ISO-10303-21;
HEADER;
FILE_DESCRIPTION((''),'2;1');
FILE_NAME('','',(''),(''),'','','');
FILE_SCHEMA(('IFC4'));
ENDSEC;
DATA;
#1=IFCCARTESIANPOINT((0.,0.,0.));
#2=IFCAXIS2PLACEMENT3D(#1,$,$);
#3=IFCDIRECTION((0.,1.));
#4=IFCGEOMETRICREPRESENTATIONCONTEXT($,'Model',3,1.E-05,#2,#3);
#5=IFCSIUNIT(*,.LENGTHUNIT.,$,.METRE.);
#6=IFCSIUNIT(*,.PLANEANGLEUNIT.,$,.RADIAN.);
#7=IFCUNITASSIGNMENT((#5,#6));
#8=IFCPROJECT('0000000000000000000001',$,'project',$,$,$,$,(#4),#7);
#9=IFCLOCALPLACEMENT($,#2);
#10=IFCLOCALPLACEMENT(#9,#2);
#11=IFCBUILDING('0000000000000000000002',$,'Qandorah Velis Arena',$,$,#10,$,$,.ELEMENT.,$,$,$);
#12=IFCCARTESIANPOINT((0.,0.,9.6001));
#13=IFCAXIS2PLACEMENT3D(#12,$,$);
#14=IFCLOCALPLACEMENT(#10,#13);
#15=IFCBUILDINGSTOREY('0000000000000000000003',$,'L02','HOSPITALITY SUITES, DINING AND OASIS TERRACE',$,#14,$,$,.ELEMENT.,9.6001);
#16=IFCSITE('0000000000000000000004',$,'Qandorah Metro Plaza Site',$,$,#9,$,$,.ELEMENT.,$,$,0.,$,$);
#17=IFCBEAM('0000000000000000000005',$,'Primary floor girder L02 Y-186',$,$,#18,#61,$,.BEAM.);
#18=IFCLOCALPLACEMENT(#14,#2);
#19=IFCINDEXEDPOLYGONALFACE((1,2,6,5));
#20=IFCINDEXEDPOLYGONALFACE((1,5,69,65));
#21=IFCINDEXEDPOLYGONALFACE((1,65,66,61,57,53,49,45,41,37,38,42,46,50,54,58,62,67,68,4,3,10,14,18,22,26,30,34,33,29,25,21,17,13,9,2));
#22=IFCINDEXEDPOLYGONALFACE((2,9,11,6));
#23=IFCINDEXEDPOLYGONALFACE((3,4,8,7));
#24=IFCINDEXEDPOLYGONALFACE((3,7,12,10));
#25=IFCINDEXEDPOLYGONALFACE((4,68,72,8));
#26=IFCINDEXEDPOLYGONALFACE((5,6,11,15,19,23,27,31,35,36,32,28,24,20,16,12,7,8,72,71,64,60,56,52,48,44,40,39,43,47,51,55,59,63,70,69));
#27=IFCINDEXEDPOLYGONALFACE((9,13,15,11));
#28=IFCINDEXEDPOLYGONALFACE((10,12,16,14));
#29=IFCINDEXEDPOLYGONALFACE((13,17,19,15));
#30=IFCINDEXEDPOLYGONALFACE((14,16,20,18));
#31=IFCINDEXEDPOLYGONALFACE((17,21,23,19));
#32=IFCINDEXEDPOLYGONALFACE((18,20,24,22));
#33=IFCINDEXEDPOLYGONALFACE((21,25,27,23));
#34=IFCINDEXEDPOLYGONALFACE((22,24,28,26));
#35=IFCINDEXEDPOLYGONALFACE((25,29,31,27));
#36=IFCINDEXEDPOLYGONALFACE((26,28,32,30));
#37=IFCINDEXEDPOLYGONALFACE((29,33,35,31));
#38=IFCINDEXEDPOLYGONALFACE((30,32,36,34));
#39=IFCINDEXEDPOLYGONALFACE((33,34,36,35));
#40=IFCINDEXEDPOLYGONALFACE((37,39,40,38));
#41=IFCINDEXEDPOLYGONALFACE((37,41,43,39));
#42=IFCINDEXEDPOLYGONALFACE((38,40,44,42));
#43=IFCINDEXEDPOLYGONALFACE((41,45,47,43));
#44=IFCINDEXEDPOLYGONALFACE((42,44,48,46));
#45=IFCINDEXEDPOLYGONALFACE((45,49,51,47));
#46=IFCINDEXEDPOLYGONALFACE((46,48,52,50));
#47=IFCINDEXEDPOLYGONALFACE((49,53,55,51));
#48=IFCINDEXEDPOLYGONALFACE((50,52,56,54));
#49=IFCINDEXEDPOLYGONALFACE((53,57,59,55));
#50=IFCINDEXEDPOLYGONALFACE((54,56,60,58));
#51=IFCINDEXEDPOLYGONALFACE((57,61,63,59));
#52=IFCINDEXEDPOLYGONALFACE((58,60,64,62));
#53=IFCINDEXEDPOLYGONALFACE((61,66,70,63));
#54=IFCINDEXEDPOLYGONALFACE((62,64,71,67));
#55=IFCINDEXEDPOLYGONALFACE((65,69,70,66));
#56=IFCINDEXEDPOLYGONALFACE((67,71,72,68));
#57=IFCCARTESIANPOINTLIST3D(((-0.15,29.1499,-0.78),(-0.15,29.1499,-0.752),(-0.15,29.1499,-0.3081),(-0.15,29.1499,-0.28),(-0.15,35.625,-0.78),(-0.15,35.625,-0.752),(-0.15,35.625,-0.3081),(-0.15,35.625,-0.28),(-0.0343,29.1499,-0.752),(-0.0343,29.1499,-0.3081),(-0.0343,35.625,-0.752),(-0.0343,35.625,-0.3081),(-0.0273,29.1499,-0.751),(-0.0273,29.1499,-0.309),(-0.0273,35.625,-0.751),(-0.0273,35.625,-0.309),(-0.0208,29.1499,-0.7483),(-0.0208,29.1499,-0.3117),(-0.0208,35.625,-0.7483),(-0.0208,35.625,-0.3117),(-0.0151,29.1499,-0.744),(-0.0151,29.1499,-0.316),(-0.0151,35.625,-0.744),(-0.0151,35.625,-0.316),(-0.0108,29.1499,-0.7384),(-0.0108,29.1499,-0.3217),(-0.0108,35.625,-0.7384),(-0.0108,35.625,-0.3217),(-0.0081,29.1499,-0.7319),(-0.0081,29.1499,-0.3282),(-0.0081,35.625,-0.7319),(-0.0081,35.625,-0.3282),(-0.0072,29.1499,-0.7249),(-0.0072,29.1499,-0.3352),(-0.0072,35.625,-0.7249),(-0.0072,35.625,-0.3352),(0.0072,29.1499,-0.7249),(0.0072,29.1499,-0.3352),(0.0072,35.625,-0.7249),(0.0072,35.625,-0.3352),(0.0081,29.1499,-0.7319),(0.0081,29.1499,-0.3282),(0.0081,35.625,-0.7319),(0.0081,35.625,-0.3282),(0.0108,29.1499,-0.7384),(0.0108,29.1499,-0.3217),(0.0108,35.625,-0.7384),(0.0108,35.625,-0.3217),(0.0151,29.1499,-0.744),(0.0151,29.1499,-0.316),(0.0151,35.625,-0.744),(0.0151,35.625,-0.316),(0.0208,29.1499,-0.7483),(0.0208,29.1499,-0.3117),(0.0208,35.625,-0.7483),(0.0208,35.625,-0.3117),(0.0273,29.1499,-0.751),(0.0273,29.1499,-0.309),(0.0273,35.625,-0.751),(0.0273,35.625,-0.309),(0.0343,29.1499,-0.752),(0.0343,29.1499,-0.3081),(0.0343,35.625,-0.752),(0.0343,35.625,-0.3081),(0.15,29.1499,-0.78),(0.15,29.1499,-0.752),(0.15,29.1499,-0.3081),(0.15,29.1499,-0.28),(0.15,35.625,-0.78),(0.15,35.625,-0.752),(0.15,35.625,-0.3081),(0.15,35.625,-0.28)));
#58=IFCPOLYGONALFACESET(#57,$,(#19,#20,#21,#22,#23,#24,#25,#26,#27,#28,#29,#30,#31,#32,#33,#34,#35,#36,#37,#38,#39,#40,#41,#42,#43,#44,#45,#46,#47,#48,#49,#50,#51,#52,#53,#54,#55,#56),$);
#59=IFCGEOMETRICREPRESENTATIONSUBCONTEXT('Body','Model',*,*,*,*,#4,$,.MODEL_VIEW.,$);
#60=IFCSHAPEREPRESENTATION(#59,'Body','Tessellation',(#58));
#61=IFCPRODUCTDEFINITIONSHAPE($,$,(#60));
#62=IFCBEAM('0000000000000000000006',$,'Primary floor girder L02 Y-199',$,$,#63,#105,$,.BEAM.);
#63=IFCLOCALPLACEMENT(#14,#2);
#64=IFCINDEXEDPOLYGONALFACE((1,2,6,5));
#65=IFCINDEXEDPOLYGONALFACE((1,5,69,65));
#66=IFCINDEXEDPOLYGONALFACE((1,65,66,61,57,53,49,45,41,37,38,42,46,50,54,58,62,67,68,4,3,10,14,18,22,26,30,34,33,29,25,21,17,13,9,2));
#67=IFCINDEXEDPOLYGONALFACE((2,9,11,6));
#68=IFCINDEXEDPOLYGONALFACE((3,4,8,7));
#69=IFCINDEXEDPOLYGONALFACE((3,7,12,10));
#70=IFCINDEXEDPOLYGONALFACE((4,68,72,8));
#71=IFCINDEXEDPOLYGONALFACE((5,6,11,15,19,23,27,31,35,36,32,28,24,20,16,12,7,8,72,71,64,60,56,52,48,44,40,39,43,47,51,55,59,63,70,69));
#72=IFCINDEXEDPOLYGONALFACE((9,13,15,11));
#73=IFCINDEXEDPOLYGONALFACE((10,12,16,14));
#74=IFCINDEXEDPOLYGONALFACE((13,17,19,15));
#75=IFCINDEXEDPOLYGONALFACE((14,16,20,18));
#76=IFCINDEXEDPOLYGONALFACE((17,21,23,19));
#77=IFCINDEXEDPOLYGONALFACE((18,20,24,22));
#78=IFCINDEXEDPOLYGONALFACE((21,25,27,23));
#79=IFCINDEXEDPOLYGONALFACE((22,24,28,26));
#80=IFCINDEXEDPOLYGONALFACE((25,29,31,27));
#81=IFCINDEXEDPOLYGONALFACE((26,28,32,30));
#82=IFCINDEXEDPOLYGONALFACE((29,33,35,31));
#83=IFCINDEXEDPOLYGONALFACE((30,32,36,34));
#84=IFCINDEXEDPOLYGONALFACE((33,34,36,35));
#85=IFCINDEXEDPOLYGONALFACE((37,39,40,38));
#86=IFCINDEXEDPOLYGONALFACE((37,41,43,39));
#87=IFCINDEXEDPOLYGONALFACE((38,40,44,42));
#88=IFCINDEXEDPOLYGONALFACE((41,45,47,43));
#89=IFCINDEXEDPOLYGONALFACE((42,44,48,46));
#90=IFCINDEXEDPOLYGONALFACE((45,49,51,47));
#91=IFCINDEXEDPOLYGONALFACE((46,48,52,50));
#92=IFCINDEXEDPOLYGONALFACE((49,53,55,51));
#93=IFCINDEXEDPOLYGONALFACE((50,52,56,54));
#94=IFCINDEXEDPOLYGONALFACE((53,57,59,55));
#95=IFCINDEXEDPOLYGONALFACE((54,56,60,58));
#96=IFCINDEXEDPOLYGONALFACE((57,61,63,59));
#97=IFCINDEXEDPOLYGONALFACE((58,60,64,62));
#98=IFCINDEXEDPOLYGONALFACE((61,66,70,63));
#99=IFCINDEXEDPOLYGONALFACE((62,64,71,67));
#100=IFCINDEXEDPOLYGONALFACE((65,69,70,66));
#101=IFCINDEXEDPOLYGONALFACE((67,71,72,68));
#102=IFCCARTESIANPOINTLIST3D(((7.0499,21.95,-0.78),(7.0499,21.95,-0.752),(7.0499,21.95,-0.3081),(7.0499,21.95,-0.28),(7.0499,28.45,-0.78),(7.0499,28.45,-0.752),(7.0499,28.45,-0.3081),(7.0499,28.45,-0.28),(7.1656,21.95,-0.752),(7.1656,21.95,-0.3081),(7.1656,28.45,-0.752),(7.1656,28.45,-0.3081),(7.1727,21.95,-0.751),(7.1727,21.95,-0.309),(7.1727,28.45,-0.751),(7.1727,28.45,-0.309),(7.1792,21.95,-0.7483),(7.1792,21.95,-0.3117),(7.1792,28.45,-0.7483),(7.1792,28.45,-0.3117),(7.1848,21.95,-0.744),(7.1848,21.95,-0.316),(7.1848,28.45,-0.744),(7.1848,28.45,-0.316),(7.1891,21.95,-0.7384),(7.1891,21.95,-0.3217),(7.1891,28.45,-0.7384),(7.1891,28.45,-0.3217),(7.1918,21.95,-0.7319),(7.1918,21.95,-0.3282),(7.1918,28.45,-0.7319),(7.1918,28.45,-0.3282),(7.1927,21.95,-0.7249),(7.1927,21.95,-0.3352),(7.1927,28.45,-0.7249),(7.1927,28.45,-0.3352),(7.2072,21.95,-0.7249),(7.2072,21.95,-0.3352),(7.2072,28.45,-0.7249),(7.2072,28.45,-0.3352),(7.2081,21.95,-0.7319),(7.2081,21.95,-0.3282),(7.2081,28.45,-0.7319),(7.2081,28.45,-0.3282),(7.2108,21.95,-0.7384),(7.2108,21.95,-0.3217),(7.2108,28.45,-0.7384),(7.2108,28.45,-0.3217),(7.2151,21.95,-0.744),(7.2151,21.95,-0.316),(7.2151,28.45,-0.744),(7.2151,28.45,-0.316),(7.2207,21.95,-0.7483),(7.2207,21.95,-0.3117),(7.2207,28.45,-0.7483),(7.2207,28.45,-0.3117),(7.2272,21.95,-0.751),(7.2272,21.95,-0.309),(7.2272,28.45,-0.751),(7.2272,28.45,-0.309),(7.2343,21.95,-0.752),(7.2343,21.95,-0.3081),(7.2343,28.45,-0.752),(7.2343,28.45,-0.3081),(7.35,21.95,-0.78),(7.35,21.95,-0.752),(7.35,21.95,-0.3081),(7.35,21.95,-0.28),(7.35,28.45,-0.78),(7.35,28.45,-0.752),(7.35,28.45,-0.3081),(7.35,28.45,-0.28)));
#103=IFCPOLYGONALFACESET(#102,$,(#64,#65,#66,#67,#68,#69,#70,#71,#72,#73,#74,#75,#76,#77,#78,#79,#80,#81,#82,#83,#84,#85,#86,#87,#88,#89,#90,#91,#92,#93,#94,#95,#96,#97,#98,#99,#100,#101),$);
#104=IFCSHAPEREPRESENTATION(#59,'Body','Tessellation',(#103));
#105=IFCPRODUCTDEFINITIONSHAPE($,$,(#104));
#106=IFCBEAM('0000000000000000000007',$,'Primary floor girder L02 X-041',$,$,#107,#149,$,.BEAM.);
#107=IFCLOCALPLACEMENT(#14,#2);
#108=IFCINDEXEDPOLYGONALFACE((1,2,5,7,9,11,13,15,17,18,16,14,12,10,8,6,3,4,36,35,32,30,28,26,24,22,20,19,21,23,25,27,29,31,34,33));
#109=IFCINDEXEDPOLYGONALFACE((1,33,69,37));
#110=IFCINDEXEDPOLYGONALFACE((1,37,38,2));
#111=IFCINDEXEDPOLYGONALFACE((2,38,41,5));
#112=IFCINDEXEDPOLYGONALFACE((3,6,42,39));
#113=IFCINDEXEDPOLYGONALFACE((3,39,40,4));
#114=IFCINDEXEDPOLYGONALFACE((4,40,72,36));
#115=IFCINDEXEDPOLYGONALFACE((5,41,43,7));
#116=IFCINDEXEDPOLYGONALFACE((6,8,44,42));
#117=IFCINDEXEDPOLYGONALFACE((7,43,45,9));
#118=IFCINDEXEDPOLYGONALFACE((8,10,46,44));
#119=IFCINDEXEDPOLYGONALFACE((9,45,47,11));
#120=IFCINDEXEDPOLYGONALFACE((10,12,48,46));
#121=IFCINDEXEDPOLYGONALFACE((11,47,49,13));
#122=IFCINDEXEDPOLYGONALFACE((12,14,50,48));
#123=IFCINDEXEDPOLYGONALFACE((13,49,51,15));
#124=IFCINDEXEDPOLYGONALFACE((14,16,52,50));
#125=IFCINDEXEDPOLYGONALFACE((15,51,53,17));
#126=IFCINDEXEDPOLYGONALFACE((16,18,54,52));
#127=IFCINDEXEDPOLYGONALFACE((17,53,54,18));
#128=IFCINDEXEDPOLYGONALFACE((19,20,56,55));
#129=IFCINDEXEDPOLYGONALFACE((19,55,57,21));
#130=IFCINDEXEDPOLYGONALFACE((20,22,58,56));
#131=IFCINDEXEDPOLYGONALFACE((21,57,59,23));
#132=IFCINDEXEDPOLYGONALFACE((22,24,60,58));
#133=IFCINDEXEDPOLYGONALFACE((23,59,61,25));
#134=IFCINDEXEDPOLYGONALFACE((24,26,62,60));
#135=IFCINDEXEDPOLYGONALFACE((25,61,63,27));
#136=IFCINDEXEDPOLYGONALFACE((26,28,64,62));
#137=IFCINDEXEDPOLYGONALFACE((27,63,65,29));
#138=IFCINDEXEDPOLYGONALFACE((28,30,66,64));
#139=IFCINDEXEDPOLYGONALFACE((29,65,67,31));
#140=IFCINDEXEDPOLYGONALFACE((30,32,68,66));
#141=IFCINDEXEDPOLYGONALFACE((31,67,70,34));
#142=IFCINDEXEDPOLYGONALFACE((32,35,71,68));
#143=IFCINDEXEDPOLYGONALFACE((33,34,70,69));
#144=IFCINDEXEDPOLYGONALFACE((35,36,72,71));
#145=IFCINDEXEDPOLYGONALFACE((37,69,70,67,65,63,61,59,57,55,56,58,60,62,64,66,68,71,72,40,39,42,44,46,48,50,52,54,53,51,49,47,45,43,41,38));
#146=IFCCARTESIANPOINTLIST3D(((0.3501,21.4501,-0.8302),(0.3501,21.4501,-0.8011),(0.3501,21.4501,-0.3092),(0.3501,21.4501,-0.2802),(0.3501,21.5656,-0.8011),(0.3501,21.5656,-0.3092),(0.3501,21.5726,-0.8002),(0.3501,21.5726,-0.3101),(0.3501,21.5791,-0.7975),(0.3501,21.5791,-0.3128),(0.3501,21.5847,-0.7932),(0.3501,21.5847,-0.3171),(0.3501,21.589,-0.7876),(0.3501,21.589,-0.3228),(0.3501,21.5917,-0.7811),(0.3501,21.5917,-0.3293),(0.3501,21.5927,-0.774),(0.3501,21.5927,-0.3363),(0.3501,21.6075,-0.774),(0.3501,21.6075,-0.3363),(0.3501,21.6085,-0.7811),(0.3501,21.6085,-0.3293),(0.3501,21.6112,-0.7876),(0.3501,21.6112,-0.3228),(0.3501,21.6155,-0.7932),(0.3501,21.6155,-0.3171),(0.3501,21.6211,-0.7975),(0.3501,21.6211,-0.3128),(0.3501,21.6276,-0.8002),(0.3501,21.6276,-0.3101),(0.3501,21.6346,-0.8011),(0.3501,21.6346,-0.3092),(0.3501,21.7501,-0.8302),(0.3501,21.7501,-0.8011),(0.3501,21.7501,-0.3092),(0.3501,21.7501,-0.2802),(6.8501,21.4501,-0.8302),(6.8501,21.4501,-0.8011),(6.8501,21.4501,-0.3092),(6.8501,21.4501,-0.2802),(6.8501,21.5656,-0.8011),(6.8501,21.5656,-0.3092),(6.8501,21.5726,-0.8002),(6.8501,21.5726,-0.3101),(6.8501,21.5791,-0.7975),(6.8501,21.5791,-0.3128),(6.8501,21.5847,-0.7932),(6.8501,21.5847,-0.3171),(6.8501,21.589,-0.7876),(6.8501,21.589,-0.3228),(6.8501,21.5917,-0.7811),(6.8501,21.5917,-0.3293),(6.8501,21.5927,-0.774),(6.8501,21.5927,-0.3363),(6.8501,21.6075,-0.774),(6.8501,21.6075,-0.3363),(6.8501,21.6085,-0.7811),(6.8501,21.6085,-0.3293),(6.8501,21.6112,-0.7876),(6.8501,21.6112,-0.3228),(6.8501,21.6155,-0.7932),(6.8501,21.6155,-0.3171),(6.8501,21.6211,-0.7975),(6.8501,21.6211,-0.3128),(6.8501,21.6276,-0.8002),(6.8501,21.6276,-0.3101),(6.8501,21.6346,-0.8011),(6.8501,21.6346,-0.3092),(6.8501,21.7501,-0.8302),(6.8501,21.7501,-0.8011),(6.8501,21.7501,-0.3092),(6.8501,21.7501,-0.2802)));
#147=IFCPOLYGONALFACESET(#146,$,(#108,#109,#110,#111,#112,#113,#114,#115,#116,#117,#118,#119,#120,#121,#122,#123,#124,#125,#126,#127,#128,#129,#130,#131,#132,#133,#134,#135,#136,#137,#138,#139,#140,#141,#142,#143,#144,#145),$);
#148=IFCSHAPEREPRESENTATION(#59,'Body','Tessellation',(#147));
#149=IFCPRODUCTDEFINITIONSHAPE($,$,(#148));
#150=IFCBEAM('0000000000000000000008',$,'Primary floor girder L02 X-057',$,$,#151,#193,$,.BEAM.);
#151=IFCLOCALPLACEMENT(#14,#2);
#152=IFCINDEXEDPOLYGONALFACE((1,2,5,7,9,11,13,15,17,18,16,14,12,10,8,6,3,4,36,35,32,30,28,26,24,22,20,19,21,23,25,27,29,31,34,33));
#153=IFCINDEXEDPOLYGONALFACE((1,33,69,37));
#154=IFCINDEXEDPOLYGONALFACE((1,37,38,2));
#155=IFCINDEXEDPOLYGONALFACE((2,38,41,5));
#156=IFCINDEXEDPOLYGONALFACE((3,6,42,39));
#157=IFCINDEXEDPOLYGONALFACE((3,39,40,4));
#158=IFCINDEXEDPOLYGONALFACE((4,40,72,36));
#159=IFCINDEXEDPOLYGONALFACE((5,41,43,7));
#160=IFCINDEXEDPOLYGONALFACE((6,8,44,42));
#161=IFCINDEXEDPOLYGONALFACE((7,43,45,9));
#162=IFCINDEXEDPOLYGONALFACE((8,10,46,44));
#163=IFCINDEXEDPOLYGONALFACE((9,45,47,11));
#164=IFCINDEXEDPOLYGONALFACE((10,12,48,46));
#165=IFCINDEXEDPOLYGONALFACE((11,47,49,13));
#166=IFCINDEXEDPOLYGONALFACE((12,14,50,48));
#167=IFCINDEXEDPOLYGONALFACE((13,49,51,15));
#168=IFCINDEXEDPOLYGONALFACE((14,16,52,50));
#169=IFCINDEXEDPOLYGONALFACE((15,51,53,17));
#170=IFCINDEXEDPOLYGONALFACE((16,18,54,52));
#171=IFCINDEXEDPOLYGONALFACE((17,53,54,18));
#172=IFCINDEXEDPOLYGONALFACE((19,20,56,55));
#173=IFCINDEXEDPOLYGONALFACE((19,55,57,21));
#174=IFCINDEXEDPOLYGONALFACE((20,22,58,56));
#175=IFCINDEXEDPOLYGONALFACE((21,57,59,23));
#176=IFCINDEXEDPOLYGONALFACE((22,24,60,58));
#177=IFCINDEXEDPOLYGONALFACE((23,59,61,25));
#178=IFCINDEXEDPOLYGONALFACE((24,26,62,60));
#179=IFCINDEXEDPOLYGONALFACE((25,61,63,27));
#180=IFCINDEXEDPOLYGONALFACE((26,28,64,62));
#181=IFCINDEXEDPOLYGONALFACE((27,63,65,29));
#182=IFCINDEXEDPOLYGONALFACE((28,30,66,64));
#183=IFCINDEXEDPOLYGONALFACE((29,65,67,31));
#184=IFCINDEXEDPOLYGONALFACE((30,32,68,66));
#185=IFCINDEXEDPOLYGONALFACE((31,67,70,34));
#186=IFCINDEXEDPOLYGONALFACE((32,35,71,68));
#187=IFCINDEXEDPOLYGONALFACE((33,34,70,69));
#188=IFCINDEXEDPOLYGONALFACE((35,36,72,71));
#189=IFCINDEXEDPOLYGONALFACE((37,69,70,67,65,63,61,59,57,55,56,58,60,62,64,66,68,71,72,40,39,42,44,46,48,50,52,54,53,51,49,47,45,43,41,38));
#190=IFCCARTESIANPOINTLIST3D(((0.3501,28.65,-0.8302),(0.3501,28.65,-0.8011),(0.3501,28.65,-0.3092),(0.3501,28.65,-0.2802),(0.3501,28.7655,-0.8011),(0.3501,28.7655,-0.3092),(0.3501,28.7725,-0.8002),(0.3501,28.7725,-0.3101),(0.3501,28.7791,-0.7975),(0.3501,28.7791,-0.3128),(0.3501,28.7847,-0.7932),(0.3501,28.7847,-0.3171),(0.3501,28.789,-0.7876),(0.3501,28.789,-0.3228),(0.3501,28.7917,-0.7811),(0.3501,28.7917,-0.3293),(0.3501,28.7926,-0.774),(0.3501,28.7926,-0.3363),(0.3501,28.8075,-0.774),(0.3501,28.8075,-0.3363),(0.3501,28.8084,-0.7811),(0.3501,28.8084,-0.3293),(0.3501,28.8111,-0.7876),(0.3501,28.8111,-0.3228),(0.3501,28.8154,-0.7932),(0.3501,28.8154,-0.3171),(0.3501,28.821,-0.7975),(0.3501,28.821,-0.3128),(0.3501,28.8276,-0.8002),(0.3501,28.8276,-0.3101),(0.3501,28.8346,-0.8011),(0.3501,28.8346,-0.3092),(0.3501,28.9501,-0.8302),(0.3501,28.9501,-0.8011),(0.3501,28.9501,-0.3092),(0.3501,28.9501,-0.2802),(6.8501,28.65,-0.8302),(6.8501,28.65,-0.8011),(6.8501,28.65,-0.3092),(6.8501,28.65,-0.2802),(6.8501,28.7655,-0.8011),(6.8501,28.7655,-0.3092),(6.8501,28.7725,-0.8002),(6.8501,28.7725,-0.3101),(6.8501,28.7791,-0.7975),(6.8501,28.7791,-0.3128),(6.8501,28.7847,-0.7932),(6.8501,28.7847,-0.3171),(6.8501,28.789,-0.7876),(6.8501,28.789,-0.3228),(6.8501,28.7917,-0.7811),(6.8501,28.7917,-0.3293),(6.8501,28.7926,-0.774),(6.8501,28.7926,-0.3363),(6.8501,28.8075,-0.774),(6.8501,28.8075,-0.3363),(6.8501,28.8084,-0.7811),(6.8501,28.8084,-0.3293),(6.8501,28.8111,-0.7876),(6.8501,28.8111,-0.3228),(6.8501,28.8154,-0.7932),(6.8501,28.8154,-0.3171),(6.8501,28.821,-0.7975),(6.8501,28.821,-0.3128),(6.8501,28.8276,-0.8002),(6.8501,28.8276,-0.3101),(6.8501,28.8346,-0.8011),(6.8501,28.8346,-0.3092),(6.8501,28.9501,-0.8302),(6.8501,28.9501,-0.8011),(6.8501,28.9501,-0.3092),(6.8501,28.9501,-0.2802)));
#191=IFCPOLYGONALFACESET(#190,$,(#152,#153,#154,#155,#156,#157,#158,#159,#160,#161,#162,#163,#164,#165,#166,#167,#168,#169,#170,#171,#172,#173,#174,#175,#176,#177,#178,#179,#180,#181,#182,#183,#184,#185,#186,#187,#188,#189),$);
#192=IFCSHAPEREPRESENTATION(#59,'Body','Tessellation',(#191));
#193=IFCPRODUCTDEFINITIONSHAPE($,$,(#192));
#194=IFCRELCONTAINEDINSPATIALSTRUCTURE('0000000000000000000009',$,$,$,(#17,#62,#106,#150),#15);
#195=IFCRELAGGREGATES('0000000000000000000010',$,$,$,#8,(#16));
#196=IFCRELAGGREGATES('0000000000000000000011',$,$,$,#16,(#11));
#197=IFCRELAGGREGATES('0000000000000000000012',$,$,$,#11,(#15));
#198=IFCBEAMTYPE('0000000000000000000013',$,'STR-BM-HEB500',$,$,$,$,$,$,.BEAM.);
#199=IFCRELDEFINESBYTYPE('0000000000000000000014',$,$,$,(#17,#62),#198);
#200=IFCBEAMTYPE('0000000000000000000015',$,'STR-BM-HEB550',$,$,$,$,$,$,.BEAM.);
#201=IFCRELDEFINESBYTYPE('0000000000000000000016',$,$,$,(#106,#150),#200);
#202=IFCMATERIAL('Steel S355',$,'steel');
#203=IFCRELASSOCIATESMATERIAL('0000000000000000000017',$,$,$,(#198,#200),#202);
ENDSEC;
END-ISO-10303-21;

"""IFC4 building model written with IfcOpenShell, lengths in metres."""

from ifc_helpers import new_model, si_unit, direction, frame, origin, origin_2d, place, context, subcontext, project, spatial, i_section, extrude, material, material_profile, profile_set, type_object, element, save


model = new_model("IFC4")

# Units and contexts
model_context = context("Model", 3, precision=1e-05, world=origin(), true_north=direction((0.0, 1.0)))
body_context = subcontext(model_context, "Body", "Model", "MODEL_VIEW")
ifc_project = project(units=[si_unit("LENGTHUNIT", "METRE"), si_unit("PLANEANGLEUNIT", "RADIAN")], contexts=[model_context])

# Site, building, storey
site_placement = place(None, origin())
site = spatial("IfcSite", under=ifc_project, at=site_placement, Name="Qandorah Metro Plaza Site", CompositionType="ELEMENT", RefElevation=0.0)
building_placement = place(site_placement, origin())
building = spatial("IfcBuilding", under=site, at=building_placement, Name="Qandorah Velis Arena", CompositionType="ELEMENT")
storey_placement = place(building_placement, frame((0.0, 0.0, 9.6001)))
storey = spatial("IfcBuildingStorey", under=building, at=storey_placement, Name="L02", Description="HOSPITALITY SUITES, DINING AND OASIS TERRACE", CompositionType="ELEMENT", Elevation=9.6001)

# Shared definitions
ifc_material_1 = material(Name="Steel S355", Category="steel")

# Beams
ifc_material_profile_1 = material_profile(ifc_material_1, i_section(OverallWidth=0.3, OverallDepth=0.5, WebThickness=0.0144, FlangeThickness=0.0281, FilletRadius=0.0271, at=origin_2d()), Name="HEB 500")
ifc_profile_set_1 = profile_set([ifc_material_profile_1], Name="Steel S355")
beam_type_1 = type_object("IfcBeamType", Name="STR-BM-HEB500", PredefinedType="BEAM", material=ifc_profile_set_1)
beam_1_placement = place(storey_placement, frame((0.0, 29.1499, -0.53), z_axis=(0.0, 1.0, 0.0), x_axis=(-1.0, 0.0, 0.0)))
element("IfcBeam", 1, at=beam_1_placement, inside=storey, type_object=beam_type_1, Name="Primary floor girder L02 Y-186", PredefinedType="BEAM", context=body_context, shape_type="SweptSolid", body=[
    extrude(i_section(OverallWidth=0.3, OverallDepth=0.5, WebThickness=0.0144, FlangeThickness=0.0281, FilletRadius=0.0271, at=origin_2d()), origin(), (0.0, 0.0, 1.0), 6.4751),
])
beam_2_placement = place(storey_placement, frame((7.2, 21.95, -0.53), z_axis=(0.0, 1.0, 0.0), x_axis=(-1.0, 0.0, 0.0)))
element("IfcBeam", 2, at=beam_2_placement, inside=storey, type_object=beam_type_1, Name="Primary floor girder L02 Y-199", PredefinedType="BEAM", context=body_context, shape_type="SweptSolid", body=[
    extrude(i_section(OverallWidth=0.3, OverallDepth=0.5, WebThickness=0.0144, FlangeThickness=0.0281, FilletRadius=0.0271, at=origin_2d()), origin(), (0.0, 0.0, 1.0), 6.5),
])
ifc_material_profile_2 = material_profile(ifc_material_1, i_section(OverallWidth=0.3, OverallDepth=0.55, WebThickness=0.0149, FlangeThickness=0.0291, FilletRadius=0.0271, at=origin_2d()), Name="HEB 550")
ifc_profile_set_2 = profile_set([ifc_material_profile_2], Name="Steel S355")
beam_type_2 = type_object("IfcBeamType", Name="STR-BM-HEB550", PredefinedType="BEAM", material=ifc_profile_set_2)
for number, where, z_axis, x_axis, name in (
    (3, (0.3501, 21.6001, -0.5552), (1.0, 0.0, 0.0), (0.0, 1.0, 0.0), "Primary floor girder L02 X-041"),
    (4, (0.3501, 28.8, -0.5552), (1.0, 0.0, 0.0), (0.0, 1.0, 0.0), "Primary floor girder L02 X-057"),
):
    element("IfcBeam", number, at=place(storey_placement, frame(where, z_axis=z_axis, x_axis=x_axis)), inside=storey, type_object=beam_type_2, Name=name, PredefinedType="BEAM", context=body_context, shape_type="SweptSolid", body=[
        extrude(i_section(OverallWidth=0.3, OverallDepth=0.55, WebThickness=0.0149, FlangeThickness=0.0291, FilletRadius=0.0271, at=origin_2d()), origin(), (0.0, 0.0, 1.0), 6.5),
    ])

save(model, "model.ifc")
